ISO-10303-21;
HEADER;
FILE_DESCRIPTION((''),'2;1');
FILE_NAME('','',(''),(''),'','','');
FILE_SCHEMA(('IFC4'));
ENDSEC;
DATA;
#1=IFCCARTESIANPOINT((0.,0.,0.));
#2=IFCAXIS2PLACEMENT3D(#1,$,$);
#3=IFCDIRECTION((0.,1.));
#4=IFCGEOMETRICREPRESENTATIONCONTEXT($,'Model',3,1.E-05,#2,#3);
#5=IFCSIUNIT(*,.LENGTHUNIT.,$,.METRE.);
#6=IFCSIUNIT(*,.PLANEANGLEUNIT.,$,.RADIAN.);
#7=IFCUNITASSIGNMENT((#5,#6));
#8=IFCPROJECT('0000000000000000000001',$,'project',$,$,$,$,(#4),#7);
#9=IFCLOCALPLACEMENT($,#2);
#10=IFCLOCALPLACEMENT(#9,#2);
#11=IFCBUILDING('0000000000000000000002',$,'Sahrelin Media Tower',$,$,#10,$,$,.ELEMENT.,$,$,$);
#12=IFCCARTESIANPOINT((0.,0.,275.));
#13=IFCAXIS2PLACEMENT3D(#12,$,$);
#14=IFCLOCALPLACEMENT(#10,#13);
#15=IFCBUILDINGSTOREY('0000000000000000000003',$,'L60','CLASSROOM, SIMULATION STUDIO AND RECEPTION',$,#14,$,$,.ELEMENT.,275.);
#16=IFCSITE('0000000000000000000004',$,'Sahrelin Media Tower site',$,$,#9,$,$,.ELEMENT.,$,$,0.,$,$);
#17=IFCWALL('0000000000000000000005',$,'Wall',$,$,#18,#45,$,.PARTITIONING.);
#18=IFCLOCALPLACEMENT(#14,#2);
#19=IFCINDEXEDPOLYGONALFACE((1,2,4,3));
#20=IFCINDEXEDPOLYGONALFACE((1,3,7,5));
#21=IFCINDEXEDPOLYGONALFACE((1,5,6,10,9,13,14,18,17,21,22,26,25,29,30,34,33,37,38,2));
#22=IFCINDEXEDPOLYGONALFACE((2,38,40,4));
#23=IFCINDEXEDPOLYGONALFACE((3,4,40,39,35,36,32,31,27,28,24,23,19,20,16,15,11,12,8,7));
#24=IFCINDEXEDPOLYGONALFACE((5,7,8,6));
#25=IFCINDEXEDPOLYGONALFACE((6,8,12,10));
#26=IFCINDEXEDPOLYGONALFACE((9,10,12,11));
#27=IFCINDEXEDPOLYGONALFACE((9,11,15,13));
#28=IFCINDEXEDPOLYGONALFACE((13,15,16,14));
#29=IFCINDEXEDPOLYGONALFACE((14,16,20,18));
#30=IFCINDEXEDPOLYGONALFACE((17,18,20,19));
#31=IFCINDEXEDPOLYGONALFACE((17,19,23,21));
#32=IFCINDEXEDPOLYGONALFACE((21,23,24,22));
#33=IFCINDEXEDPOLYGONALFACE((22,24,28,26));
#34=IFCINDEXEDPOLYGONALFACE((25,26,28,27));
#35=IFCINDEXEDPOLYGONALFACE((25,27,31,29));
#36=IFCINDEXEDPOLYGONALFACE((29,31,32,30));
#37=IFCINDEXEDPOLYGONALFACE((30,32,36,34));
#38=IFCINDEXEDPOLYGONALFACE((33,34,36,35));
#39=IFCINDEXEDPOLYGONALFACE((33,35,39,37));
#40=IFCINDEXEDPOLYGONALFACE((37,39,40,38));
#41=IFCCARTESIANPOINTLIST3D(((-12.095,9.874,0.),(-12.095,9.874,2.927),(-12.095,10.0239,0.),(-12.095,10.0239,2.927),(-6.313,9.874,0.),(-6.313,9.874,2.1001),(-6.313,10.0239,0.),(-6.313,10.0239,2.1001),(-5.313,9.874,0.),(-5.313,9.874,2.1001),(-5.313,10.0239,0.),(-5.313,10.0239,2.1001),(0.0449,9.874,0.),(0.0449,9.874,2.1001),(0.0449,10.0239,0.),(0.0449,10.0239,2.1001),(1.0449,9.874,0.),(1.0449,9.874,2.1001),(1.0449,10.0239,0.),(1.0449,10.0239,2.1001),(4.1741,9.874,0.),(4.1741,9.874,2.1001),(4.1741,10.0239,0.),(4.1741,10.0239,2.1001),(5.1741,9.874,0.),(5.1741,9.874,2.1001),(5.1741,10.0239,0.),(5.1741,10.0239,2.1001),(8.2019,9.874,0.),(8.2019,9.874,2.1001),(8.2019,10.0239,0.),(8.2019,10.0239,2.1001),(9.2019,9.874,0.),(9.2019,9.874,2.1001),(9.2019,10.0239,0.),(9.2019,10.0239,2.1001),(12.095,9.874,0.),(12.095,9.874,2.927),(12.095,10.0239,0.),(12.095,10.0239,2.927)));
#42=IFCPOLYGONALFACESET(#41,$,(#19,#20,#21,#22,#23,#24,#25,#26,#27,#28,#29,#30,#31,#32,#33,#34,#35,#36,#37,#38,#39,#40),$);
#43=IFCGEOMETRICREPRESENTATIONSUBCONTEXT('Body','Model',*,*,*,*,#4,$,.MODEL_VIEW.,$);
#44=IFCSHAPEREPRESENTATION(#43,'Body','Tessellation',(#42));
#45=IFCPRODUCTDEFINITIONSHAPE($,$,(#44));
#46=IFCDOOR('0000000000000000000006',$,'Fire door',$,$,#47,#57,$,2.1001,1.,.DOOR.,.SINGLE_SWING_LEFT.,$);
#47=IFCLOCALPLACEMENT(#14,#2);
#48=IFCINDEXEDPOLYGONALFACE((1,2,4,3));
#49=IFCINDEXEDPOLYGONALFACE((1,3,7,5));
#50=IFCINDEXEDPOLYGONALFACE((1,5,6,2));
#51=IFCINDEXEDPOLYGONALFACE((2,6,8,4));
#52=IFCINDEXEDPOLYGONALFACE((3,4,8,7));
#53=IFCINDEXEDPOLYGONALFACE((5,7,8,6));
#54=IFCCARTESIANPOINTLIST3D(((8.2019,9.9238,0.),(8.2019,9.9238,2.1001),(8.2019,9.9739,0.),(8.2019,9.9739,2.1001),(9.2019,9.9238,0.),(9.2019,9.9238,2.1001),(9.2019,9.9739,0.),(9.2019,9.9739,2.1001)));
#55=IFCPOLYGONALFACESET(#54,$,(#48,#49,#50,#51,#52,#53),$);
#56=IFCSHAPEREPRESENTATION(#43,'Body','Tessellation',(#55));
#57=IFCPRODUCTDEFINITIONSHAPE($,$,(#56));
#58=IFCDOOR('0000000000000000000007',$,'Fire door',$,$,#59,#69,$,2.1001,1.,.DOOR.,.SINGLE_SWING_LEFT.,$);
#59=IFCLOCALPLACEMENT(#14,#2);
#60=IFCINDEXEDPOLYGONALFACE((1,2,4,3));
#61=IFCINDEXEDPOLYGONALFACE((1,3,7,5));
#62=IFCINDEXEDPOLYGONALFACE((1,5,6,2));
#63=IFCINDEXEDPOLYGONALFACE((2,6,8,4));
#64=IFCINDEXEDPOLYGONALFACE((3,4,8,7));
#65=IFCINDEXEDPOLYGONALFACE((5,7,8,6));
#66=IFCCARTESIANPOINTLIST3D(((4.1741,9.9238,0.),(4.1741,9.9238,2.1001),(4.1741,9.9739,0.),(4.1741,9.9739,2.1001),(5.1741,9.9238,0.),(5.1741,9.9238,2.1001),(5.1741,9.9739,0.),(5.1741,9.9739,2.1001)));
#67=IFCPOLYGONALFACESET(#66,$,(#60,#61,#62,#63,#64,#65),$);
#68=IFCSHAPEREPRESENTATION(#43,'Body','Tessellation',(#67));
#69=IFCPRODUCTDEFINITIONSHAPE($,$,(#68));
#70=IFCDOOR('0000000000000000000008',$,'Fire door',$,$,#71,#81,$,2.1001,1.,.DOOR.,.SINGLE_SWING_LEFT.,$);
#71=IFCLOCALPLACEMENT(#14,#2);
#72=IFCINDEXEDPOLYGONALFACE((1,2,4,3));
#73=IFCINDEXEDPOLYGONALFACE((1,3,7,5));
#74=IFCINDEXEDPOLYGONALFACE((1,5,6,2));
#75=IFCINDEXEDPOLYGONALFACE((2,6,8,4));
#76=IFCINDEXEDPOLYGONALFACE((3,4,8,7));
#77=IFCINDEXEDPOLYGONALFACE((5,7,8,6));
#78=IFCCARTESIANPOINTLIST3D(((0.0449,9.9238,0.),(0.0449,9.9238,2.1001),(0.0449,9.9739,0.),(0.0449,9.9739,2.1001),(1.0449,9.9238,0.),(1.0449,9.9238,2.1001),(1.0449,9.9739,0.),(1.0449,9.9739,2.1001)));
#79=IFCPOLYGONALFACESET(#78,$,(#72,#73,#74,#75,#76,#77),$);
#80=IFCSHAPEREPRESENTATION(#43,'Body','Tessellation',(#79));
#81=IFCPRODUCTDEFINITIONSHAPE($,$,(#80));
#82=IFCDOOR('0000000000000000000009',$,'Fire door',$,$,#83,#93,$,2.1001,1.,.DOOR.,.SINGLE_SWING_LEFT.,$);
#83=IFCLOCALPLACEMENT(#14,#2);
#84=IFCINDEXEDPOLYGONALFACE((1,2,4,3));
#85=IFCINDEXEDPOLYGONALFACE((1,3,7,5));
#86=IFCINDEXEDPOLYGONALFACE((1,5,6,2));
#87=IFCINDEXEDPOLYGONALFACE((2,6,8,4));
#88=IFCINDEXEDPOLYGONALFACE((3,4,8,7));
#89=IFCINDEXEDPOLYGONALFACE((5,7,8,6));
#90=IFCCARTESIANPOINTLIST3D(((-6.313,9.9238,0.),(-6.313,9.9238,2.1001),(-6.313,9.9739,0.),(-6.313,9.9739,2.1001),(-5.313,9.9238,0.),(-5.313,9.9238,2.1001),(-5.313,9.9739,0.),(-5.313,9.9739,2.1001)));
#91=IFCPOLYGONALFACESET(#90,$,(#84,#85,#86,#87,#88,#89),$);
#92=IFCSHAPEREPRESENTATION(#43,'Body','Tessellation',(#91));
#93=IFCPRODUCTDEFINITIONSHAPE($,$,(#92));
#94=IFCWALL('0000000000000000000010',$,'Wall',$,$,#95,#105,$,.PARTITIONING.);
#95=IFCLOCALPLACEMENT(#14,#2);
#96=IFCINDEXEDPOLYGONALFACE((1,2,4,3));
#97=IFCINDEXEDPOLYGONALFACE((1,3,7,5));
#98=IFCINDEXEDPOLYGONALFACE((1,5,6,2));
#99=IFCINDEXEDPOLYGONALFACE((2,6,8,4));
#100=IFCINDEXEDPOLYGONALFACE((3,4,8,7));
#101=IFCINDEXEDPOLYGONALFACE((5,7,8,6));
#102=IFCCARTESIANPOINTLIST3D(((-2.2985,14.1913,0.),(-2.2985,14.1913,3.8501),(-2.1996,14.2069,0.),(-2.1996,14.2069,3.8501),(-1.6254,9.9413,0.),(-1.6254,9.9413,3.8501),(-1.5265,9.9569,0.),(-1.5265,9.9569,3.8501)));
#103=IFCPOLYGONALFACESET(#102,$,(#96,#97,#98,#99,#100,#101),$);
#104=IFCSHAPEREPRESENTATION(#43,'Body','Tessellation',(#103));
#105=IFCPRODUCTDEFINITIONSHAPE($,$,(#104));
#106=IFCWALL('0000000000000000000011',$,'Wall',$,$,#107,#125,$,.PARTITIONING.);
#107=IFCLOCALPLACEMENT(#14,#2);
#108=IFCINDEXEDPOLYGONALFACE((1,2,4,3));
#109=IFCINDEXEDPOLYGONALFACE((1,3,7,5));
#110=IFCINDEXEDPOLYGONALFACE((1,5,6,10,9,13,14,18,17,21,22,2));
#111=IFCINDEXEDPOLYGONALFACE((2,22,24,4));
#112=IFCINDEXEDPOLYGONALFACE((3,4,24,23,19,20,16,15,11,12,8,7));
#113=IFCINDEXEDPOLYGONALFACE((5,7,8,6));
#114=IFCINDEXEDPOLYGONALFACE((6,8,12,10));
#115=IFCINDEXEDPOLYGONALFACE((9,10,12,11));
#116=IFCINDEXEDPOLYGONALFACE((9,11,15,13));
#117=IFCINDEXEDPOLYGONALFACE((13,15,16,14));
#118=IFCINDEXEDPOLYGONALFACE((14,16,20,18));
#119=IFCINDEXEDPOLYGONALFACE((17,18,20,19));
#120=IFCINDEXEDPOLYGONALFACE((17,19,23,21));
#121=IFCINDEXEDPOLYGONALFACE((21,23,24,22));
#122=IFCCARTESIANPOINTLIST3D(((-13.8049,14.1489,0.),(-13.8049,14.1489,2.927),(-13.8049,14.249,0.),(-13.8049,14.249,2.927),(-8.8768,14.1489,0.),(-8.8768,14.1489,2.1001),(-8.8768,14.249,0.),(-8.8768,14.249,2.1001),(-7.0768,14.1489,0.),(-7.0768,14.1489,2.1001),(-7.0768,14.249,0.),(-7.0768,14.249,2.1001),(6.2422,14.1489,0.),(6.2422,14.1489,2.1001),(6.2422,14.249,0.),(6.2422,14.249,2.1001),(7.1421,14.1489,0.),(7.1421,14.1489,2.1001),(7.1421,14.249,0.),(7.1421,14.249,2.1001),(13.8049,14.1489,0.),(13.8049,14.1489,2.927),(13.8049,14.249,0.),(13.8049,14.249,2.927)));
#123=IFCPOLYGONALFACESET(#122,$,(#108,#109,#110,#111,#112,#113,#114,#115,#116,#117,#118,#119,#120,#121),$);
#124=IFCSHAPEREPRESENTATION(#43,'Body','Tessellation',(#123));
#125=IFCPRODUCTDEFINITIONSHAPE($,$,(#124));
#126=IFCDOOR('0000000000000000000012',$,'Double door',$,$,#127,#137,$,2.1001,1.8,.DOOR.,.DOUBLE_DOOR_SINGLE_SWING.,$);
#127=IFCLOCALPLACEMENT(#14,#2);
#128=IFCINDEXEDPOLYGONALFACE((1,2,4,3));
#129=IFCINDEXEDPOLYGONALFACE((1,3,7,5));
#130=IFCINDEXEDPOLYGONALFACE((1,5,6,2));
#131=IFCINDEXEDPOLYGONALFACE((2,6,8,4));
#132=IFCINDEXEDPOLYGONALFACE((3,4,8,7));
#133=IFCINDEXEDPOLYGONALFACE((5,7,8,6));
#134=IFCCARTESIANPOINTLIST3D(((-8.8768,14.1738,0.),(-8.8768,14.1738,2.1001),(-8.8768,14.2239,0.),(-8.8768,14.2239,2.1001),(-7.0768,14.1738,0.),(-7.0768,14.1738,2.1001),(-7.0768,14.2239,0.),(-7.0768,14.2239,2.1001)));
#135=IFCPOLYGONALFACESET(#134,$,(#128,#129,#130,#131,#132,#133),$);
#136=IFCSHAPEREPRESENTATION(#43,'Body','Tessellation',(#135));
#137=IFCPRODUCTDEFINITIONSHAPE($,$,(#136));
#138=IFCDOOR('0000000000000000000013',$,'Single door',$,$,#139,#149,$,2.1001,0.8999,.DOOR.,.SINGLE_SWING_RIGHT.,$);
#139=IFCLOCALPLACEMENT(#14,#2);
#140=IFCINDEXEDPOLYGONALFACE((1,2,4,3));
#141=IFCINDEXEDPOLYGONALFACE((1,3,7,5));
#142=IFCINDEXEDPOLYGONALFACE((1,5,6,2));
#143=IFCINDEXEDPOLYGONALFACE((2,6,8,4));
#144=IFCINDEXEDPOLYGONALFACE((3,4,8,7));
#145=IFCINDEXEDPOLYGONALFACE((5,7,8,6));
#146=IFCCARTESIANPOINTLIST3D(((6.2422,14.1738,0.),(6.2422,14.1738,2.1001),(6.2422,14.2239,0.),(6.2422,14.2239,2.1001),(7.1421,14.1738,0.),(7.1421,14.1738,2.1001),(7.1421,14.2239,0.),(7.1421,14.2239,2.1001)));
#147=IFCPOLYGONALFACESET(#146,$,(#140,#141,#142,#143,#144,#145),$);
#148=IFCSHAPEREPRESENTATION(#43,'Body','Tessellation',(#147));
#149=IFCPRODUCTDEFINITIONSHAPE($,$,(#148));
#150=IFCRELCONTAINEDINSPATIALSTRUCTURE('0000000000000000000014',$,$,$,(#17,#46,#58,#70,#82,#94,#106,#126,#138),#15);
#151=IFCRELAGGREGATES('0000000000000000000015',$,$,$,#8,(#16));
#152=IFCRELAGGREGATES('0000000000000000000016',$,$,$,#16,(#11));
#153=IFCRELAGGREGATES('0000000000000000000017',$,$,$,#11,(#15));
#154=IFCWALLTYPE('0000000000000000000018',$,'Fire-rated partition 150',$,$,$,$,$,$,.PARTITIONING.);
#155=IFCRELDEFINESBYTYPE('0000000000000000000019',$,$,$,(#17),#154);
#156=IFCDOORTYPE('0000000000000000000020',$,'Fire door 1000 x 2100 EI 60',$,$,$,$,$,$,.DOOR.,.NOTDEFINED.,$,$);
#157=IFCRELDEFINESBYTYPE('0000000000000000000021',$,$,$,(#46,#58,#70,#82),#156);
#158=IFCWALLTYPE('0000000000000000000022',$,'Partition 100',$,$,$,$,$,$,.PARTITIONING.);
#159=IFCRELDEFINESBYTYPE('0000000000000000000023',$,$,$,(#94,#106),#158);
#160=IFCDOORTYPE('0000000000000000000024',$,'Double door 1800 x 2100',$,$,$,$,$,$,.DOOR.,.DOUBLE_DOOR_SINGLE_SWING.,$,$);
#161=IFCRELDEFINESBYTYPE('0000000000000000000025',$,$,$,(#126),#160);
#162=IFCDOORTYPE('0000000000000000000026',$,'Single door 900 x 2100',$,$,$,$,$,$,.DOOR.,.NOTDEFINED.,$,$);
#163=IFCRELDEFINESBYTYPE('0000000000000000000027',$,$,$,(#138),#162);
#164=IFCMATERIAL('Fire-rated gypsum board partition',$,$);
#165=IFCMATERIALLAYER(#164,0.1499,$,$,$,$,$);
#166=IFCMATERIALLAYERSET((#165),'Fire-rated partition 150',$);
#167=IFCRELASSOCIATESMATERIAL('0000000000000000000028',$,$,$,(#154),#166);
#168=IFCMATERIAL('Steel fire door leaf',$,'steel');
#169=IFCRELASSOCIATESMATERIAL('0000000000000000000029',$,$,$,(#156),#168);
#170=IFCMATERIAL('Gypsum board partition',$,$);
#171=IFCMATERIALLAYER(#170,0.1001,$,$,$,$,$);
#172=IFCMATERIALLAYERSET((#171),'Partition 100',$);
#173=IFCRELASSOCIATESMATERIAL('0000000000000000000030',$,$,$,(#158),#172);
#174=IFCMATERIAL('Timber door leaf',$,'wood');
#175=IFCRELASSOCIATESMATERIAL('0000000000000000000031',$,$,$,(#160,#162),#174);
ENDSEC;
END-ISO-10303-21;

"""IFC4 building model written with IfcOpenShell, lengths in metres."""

from ifc_helpers import new_model, si_unit, direction, frame, frame_2d, origin, place, context, subcontext, project, spatial, rectangle, extrude, material, layer, layer_set, type_object, element, fill, save


model = new_model("IFC4")

# Units and contexts
model_context = context("Model", 3, precision=1e-05, world=origin(), true_north=direction((0.0, 1.0)))
body_context = subcontext(model_context, "Body", "Model", "MODEL_VIEW")
ifc_project = project(units=[si_unit("LENGTHUNIT", "METRE"), si_unit("PLANEANGLEUNIT", "RADIAN")], contexts=[model_context])

# Site, building, storey
site_placement = place(None, origin())
site = spatial("IfcSite", under=ifc_project, at=site_placement, Name="Sahrelin Media Tower site", CompositionType="ELEMENT", RefElevation=0.0)
building_placement = place(site_placement, origin())
building = spatial("IfcBuilding", under=site, at=building_placement, Name="Sahrelin Media Tower", CompositionType="ELEMENT")
storey_placement = place(building_placement, frame((0.0, 0.0, 275.0)))
storey = spatial("IfcBuildingStorey", under=building, at=storey_placement, Name="L60", Description="CLASSROOM, SIMULATION STUDIO AND RECEPTION", CompositionType="ELEMENT", Elevation=275.0)

# Wall, openings, doors
ifc_material_1 = material(Name="Fire-rated gypsum board partition")
ifc_layer_1 = layer(ifc_material_1, 0.1499)
ifc_layer_set_1 = layer_set([ifc_layer_1], Name="Fire-rated partition 150")
wall_type_1 = type_object("IfcWallType", Name="Fire-rated partition 150", PredefinedType="PARTITIONING", material=ifc_layer_set_1)
wall_1_placement = place(storey_placement, frame((-12.095, 9.949, 0.0), z_axis=(0.0, 0.0, 1.0), x_axis=(1.0, 0.0, 0.0)))
wall_1 = element("IfcWall", 1, at=wall_1_placement, inside=storey, type_object=wall_type_1, Name="Wall", PredefinedType="PARTITIONING", context=body_context, shape_type="SweptSolid", body=[
    extrude(rectangle(XDim=24.1899, YDim=0.1499, at=frame_2d((12.095, 0.0))), origin(), (0.0, 0.0, 1.0), 2.927),
])
opening_1_placement = place(wall_1_placement, frame((20.2969, 0.0, 0.0)))
opening_1 = element("IfcOpeningElement", 2, at=opening_1_placement, cuts=wall_1, PredefinedType="OPENING", context=body_context, shape_type="SweptSolid", body=[
    extrude(rectangle(XDim=1.0, YDim=2.1001, at=frame_2d((0.5, 1.05))), frame((0.0, 0.075, 0.0), z_axis=(0.0, -1.0, 0.0), x_axis=(1.0, 0.0, 0.0)), (0.0, 0.0, 1.0), 0.1499),
])
opening_2_placement = place(wall_1_placement, frame((16.269, 0.0, 0.0)))
opening_2 = element("IfcOpeningElement", 3, at=opening_2_placement, cuts=wall_1, PredefinedType="OPENING", context=body_context, shape_type="SweptSolid", body=[
    extrude(rectangle(XDim=1.0, YDim=2.1001, at=frame_2d((0.5, 1.05))), frame((0.0, 0.075, 0.0), z_axis=(0.0, -1.0, 0.0), x_axis=(1.0, 0.0, 0.0)), (0.0, 0.0, 1.0), 0.1499),
])
opening_3_placement = place(wall_1_placement, frame((12.1399, 0.0, 0.0)))
opening_3 = element("IfcOpeningElement", 4, at=opening_3_placement, cuts=wall_1, PredefinedType="OPENING", context=body_context, shape_type="SweptSolid", body=[
    extrude(rectangle(XDim=1.0, YDim=2.1001, at=frame_2d((0.5, 1.05))), frame((0.0, 0.075, 0.0), z_axis=(0.0, -1.0, 0.0), x_axis=(1.0, 0.0, 0.0)), (0.0, 0.0, 1.0), 0.1499),
])
opening_4_placement = place(wall_1_placement, frame((5.782, 0.0, 0.0)))
opening_4 = element("IfcOpeningElement", 5, at=opening_4_placement, cuts=wall_1, PredefinedType="OPENING", context=body_context, shape_type="SweptSolid", body=[
    extrude(rectangle(XDim=1.0, YDim=2.1001, at=frame_2d((0.5, 1.05))), frame((0.0, 0.075, 0.0), z_axis=(0.0, -1.0, 0.0), x_axis=(1.0, 0.0, 0.0)), (0.0, 0.0, 1.0), 0.1499),
])
ifc_material_2 = material(Name="Steel fire door leaf", Category="steel")
door_type_1 = type_object("IfcDoorType", Name="Fire door 1000 x 2100 EI 60", OperationType="NOTDEFINED", PredefinedType="DOOR", material=ifc_material_2)
door_1_placement = place(opening_1_placement, origin())
door_1 = element("IfcDoor", 6, at=door_1_placement, inside=storey, type_object=door_type_1, Name="Fire door", OperationType="SINGLE_SWING_LEFT", OverallHeight=2.1001, OverallWidth=1.0, PredefinedType="DOOR", context=body_context, shape_type="SweptSolid", body=[
    extrude(rectangle(XDim=1.0, YDim=2.1001, at=frame_2d((0.5, 1.05))), frame((0.0, 0.0249, 0.0), z_axis=(0.0, -1.0, 0.0), x_axis=(1.0, 0.0, 0.0)), (0.0, 0.0, 1.0), 0.05),
])
fill(opening_1, door_1)
door_2_placement = place(opening_2_placement, origin())
door_2 = element("IfcDoor", 7, at=door_2_placement, inside=storey, type_object=door_type_1, Name="Fire door", OperationType="SINGLE_SWING_LEFT", OverallHeight=2.1001, OverallWidth=1.0, PredefinedType="DOOR", context=body_context, shape_type="SweptSolid", body=[
    extrude(rectangle(XDim=1.0, YDim=2.1001, at=frame_2d((0.5, 1.05))), frame((0.0, 0.0249, 0.0), z_axis=(0.0, -1.0, 0.0), x_axis=(1.0, 0.0, 0.0)), (0.0, 0.0, 1.0), 0.05),
])
fill(opening_2, door_2)
door_3_placement = place(opening_3_placement, origin())
door_3 = element("IfcDoor", 8, at=door_3_placement, inside=storey, type_object=door_type_1, Name="Fire door", OperationType="SINGLE_SWING_LEFT", OverallHeight=2.1001, OverallWidth=1.0, PredefinedType="DOOR", context=body_context, shape_type="SweptSolid", body=[
    extrude(rectangle(XDim=1.0, YDim=2.1001, at=frame_2d((0.5, 1.05))), frame((0.0, 0.0249, 0.0), z_axis=(0.0, -1.0, 0.0), x_axis=(1.0, 0.0, 0.0)), (0.0, 0.0, 1.0), 0.05),
])
fill(opening_3, door_3)
door_4_placement = place(opening_4_placement, origin())
door_4 = element("IfcDoor", 9, at=door_4_placement, inside=storey, type_object=door_type_1, Name="Fire door", OperationType="SINGLE_SWING_LEFT", OverallHeight=2.1001, OverallWidth=1.0, PredefinedType="DOOR", context=body_context, shape_type="SweptSolid", body=[
    extrude(rectangle(XDim=1.0, YDim=2.1001, at=frame_2d((0.5, 1.05))), frame((0.0, 0.0249, 0.0), z_axis=(0.0, -1.0, 0.0), x_axis=(1.0, 0.0, 0.0)), (0.0, 0.0, 1.0), 0.05),
])
fill(opening_4, door_4)

# Wall
ifc_material_3 = material(Name="Gypsum board partition")
ifc_layer_2 = layer(ifc_material_3, 0.1001)
ifc_layer_set_2 = layer_set([ifc_layer_2], Name="Partition 100")
wall_type_2 = type_object("IfcWallType", Name="Partition 100", PredefinedType="PARTITIONING", material=ifc_layer_set_2)
wall_2_placement = place(storey_placement, frame((-2.249, 14.199, 0.0), z_axis=(0.0, 0.0, 1.0), x_axis=(0.156426, -0.98769, 0.0)))
element("IfcWall", 10, at=wall_2_placement, inside=storey, type_object=wall_type_2, Name="Wall", PredefinedType="PARTITIONING", context=body_context, shape_type="SweptSolid", body=[
    extrude(rectangle(XDim=4.303, YDim=0.1001, at=frame_2d((2.1514, 0.0))), origin(), (0.0, 0.0, 1.0), 3.8501),
])

# Wall, openings, doors
wall_3_placement = place(storey_placement, frame((-13.8049, 14.199, 0.0), z_axis=(0.0, 0.0, 1.0), x_axis=(1.0, 0.0, 0.0)))
wall_3 = element("IfcWall", 11, at=wall_3_placement, inside=storey, type_object=wall_type_2, Name="Wall", PredefinedType="PARTITIONING", context=body_context, shape_type="SweptSolid", body=[
    extrude(rectangle(XDim=27.6099, YDim=0.1001, at=frame_2d((13.8049, 0.0))), origin(), (0.0, 0.0, 1.0), 2.927),
])
opening_5_placement = place(wall_3_placement, frame((20.0471, 0.0, 0.0)))
opening_5 = element("IfcOpeningElement", 12, at=opening_5_placement, cuts=wall_3, PredefinedType="OPENING", context=body_context, shape_type="SweptSolid", body=[
    extrude(rectangle(XDim=0.8999, YDim=2.1001, at=frame_2d((0.45, 1.05))), frame((0.0, 0.05, 0.0), z_axis=(0.0, -1.0, 0.0), x_axis=(1.0, 0.0, 0.0)), (0.0, 0.0, 1.0), 0.1001),
])
opening_6_placement = place(wall_3_placement, frame((4.9282, 0.0, 0.0)))
opening_6 = element("IfcOpeningElement", 13, at=opening_6_placement, cuts=wall_3, PredefinedType="OPENING", context=body_context, shape_type="SweptSolid", body=[
    extrude(rectangle(XDim=1.8, YDim=2.1001, at=frame_2d((0.8999, 1.05))), frame((0.0, 0.05, 0.0), z_axis=(0.0, -1.0, 0.0), x_axis=(1.0, 0.0, 0.0)), (0.0, 0.0, 1.0), 0.1001),
])
ifc_material_4 = material(Name="Timber door leaf", Category="wood")
door_type_2 = type_object("IfcDoorType", Name="Double door 1800 x 2100", OperationType="DOUBLE_DOOR_SINGLE_SWING", PredefinedType="DOOR", material=ifc_material_4)
door_5_placement = place(opening_6_placement, origin())
door_5 = element("IfcDoor", 14, at=door_5_placement, inside=storey, type_object=door_type_2, Name="Double door", OperationType="DOUBLE_DOOR_SINGLE_SWING", OverallHeight=2.1001, OverallWidth=1.8, PredefinedType="DOOR", context=body_context, shape_type="SweptSolid", body=[
    extrude(rectangle(XDim=1.8, YDim=2.1001, at=frame_2d((0.8999, 1.05))), frame((0.0, 0.0249, 0.0), z_axis=(0.0, -1.0, 0.0), x_axis=(1.0, 0.0, 0.0)), (0.0, 0.0, 1.0), 0.05),
])
fill(opening_6, door_5)
door_type_3 = type_object("IfcDoorType", Name="Single door 900 x 2100", OperationType="NOTDEFINED", PredefinedType="DOOR", material=ifc_material_4)
door_6_placement = place(opening_5_placement, origin())
door_6 = element("IfcDoor", 15, at=door_6_placement, inside=storey, type_object=door_type_3, Name="Single door", OperationType="SINGLE_SWING_RIGHT", OverallHeight=2.1001, OverallWidth=0.8999, PredefinedType="DOOR", context=body_context, shape_type="SweptSolid", body=[
    extrude(rectangle(XDim=0.8999, YDim=2.1001, at=frame_2d((0.45, 1.05))), frame((0.0, 0.0249, 0.0), z_axis=(0.0, -1.0, 0.0), x_axis=(1.0, 0.0, 0.0)), (0.0, 0.0, 1.0), 0.05),
])
fill(opening_5, door_6)

save(model, "model.ifc")
